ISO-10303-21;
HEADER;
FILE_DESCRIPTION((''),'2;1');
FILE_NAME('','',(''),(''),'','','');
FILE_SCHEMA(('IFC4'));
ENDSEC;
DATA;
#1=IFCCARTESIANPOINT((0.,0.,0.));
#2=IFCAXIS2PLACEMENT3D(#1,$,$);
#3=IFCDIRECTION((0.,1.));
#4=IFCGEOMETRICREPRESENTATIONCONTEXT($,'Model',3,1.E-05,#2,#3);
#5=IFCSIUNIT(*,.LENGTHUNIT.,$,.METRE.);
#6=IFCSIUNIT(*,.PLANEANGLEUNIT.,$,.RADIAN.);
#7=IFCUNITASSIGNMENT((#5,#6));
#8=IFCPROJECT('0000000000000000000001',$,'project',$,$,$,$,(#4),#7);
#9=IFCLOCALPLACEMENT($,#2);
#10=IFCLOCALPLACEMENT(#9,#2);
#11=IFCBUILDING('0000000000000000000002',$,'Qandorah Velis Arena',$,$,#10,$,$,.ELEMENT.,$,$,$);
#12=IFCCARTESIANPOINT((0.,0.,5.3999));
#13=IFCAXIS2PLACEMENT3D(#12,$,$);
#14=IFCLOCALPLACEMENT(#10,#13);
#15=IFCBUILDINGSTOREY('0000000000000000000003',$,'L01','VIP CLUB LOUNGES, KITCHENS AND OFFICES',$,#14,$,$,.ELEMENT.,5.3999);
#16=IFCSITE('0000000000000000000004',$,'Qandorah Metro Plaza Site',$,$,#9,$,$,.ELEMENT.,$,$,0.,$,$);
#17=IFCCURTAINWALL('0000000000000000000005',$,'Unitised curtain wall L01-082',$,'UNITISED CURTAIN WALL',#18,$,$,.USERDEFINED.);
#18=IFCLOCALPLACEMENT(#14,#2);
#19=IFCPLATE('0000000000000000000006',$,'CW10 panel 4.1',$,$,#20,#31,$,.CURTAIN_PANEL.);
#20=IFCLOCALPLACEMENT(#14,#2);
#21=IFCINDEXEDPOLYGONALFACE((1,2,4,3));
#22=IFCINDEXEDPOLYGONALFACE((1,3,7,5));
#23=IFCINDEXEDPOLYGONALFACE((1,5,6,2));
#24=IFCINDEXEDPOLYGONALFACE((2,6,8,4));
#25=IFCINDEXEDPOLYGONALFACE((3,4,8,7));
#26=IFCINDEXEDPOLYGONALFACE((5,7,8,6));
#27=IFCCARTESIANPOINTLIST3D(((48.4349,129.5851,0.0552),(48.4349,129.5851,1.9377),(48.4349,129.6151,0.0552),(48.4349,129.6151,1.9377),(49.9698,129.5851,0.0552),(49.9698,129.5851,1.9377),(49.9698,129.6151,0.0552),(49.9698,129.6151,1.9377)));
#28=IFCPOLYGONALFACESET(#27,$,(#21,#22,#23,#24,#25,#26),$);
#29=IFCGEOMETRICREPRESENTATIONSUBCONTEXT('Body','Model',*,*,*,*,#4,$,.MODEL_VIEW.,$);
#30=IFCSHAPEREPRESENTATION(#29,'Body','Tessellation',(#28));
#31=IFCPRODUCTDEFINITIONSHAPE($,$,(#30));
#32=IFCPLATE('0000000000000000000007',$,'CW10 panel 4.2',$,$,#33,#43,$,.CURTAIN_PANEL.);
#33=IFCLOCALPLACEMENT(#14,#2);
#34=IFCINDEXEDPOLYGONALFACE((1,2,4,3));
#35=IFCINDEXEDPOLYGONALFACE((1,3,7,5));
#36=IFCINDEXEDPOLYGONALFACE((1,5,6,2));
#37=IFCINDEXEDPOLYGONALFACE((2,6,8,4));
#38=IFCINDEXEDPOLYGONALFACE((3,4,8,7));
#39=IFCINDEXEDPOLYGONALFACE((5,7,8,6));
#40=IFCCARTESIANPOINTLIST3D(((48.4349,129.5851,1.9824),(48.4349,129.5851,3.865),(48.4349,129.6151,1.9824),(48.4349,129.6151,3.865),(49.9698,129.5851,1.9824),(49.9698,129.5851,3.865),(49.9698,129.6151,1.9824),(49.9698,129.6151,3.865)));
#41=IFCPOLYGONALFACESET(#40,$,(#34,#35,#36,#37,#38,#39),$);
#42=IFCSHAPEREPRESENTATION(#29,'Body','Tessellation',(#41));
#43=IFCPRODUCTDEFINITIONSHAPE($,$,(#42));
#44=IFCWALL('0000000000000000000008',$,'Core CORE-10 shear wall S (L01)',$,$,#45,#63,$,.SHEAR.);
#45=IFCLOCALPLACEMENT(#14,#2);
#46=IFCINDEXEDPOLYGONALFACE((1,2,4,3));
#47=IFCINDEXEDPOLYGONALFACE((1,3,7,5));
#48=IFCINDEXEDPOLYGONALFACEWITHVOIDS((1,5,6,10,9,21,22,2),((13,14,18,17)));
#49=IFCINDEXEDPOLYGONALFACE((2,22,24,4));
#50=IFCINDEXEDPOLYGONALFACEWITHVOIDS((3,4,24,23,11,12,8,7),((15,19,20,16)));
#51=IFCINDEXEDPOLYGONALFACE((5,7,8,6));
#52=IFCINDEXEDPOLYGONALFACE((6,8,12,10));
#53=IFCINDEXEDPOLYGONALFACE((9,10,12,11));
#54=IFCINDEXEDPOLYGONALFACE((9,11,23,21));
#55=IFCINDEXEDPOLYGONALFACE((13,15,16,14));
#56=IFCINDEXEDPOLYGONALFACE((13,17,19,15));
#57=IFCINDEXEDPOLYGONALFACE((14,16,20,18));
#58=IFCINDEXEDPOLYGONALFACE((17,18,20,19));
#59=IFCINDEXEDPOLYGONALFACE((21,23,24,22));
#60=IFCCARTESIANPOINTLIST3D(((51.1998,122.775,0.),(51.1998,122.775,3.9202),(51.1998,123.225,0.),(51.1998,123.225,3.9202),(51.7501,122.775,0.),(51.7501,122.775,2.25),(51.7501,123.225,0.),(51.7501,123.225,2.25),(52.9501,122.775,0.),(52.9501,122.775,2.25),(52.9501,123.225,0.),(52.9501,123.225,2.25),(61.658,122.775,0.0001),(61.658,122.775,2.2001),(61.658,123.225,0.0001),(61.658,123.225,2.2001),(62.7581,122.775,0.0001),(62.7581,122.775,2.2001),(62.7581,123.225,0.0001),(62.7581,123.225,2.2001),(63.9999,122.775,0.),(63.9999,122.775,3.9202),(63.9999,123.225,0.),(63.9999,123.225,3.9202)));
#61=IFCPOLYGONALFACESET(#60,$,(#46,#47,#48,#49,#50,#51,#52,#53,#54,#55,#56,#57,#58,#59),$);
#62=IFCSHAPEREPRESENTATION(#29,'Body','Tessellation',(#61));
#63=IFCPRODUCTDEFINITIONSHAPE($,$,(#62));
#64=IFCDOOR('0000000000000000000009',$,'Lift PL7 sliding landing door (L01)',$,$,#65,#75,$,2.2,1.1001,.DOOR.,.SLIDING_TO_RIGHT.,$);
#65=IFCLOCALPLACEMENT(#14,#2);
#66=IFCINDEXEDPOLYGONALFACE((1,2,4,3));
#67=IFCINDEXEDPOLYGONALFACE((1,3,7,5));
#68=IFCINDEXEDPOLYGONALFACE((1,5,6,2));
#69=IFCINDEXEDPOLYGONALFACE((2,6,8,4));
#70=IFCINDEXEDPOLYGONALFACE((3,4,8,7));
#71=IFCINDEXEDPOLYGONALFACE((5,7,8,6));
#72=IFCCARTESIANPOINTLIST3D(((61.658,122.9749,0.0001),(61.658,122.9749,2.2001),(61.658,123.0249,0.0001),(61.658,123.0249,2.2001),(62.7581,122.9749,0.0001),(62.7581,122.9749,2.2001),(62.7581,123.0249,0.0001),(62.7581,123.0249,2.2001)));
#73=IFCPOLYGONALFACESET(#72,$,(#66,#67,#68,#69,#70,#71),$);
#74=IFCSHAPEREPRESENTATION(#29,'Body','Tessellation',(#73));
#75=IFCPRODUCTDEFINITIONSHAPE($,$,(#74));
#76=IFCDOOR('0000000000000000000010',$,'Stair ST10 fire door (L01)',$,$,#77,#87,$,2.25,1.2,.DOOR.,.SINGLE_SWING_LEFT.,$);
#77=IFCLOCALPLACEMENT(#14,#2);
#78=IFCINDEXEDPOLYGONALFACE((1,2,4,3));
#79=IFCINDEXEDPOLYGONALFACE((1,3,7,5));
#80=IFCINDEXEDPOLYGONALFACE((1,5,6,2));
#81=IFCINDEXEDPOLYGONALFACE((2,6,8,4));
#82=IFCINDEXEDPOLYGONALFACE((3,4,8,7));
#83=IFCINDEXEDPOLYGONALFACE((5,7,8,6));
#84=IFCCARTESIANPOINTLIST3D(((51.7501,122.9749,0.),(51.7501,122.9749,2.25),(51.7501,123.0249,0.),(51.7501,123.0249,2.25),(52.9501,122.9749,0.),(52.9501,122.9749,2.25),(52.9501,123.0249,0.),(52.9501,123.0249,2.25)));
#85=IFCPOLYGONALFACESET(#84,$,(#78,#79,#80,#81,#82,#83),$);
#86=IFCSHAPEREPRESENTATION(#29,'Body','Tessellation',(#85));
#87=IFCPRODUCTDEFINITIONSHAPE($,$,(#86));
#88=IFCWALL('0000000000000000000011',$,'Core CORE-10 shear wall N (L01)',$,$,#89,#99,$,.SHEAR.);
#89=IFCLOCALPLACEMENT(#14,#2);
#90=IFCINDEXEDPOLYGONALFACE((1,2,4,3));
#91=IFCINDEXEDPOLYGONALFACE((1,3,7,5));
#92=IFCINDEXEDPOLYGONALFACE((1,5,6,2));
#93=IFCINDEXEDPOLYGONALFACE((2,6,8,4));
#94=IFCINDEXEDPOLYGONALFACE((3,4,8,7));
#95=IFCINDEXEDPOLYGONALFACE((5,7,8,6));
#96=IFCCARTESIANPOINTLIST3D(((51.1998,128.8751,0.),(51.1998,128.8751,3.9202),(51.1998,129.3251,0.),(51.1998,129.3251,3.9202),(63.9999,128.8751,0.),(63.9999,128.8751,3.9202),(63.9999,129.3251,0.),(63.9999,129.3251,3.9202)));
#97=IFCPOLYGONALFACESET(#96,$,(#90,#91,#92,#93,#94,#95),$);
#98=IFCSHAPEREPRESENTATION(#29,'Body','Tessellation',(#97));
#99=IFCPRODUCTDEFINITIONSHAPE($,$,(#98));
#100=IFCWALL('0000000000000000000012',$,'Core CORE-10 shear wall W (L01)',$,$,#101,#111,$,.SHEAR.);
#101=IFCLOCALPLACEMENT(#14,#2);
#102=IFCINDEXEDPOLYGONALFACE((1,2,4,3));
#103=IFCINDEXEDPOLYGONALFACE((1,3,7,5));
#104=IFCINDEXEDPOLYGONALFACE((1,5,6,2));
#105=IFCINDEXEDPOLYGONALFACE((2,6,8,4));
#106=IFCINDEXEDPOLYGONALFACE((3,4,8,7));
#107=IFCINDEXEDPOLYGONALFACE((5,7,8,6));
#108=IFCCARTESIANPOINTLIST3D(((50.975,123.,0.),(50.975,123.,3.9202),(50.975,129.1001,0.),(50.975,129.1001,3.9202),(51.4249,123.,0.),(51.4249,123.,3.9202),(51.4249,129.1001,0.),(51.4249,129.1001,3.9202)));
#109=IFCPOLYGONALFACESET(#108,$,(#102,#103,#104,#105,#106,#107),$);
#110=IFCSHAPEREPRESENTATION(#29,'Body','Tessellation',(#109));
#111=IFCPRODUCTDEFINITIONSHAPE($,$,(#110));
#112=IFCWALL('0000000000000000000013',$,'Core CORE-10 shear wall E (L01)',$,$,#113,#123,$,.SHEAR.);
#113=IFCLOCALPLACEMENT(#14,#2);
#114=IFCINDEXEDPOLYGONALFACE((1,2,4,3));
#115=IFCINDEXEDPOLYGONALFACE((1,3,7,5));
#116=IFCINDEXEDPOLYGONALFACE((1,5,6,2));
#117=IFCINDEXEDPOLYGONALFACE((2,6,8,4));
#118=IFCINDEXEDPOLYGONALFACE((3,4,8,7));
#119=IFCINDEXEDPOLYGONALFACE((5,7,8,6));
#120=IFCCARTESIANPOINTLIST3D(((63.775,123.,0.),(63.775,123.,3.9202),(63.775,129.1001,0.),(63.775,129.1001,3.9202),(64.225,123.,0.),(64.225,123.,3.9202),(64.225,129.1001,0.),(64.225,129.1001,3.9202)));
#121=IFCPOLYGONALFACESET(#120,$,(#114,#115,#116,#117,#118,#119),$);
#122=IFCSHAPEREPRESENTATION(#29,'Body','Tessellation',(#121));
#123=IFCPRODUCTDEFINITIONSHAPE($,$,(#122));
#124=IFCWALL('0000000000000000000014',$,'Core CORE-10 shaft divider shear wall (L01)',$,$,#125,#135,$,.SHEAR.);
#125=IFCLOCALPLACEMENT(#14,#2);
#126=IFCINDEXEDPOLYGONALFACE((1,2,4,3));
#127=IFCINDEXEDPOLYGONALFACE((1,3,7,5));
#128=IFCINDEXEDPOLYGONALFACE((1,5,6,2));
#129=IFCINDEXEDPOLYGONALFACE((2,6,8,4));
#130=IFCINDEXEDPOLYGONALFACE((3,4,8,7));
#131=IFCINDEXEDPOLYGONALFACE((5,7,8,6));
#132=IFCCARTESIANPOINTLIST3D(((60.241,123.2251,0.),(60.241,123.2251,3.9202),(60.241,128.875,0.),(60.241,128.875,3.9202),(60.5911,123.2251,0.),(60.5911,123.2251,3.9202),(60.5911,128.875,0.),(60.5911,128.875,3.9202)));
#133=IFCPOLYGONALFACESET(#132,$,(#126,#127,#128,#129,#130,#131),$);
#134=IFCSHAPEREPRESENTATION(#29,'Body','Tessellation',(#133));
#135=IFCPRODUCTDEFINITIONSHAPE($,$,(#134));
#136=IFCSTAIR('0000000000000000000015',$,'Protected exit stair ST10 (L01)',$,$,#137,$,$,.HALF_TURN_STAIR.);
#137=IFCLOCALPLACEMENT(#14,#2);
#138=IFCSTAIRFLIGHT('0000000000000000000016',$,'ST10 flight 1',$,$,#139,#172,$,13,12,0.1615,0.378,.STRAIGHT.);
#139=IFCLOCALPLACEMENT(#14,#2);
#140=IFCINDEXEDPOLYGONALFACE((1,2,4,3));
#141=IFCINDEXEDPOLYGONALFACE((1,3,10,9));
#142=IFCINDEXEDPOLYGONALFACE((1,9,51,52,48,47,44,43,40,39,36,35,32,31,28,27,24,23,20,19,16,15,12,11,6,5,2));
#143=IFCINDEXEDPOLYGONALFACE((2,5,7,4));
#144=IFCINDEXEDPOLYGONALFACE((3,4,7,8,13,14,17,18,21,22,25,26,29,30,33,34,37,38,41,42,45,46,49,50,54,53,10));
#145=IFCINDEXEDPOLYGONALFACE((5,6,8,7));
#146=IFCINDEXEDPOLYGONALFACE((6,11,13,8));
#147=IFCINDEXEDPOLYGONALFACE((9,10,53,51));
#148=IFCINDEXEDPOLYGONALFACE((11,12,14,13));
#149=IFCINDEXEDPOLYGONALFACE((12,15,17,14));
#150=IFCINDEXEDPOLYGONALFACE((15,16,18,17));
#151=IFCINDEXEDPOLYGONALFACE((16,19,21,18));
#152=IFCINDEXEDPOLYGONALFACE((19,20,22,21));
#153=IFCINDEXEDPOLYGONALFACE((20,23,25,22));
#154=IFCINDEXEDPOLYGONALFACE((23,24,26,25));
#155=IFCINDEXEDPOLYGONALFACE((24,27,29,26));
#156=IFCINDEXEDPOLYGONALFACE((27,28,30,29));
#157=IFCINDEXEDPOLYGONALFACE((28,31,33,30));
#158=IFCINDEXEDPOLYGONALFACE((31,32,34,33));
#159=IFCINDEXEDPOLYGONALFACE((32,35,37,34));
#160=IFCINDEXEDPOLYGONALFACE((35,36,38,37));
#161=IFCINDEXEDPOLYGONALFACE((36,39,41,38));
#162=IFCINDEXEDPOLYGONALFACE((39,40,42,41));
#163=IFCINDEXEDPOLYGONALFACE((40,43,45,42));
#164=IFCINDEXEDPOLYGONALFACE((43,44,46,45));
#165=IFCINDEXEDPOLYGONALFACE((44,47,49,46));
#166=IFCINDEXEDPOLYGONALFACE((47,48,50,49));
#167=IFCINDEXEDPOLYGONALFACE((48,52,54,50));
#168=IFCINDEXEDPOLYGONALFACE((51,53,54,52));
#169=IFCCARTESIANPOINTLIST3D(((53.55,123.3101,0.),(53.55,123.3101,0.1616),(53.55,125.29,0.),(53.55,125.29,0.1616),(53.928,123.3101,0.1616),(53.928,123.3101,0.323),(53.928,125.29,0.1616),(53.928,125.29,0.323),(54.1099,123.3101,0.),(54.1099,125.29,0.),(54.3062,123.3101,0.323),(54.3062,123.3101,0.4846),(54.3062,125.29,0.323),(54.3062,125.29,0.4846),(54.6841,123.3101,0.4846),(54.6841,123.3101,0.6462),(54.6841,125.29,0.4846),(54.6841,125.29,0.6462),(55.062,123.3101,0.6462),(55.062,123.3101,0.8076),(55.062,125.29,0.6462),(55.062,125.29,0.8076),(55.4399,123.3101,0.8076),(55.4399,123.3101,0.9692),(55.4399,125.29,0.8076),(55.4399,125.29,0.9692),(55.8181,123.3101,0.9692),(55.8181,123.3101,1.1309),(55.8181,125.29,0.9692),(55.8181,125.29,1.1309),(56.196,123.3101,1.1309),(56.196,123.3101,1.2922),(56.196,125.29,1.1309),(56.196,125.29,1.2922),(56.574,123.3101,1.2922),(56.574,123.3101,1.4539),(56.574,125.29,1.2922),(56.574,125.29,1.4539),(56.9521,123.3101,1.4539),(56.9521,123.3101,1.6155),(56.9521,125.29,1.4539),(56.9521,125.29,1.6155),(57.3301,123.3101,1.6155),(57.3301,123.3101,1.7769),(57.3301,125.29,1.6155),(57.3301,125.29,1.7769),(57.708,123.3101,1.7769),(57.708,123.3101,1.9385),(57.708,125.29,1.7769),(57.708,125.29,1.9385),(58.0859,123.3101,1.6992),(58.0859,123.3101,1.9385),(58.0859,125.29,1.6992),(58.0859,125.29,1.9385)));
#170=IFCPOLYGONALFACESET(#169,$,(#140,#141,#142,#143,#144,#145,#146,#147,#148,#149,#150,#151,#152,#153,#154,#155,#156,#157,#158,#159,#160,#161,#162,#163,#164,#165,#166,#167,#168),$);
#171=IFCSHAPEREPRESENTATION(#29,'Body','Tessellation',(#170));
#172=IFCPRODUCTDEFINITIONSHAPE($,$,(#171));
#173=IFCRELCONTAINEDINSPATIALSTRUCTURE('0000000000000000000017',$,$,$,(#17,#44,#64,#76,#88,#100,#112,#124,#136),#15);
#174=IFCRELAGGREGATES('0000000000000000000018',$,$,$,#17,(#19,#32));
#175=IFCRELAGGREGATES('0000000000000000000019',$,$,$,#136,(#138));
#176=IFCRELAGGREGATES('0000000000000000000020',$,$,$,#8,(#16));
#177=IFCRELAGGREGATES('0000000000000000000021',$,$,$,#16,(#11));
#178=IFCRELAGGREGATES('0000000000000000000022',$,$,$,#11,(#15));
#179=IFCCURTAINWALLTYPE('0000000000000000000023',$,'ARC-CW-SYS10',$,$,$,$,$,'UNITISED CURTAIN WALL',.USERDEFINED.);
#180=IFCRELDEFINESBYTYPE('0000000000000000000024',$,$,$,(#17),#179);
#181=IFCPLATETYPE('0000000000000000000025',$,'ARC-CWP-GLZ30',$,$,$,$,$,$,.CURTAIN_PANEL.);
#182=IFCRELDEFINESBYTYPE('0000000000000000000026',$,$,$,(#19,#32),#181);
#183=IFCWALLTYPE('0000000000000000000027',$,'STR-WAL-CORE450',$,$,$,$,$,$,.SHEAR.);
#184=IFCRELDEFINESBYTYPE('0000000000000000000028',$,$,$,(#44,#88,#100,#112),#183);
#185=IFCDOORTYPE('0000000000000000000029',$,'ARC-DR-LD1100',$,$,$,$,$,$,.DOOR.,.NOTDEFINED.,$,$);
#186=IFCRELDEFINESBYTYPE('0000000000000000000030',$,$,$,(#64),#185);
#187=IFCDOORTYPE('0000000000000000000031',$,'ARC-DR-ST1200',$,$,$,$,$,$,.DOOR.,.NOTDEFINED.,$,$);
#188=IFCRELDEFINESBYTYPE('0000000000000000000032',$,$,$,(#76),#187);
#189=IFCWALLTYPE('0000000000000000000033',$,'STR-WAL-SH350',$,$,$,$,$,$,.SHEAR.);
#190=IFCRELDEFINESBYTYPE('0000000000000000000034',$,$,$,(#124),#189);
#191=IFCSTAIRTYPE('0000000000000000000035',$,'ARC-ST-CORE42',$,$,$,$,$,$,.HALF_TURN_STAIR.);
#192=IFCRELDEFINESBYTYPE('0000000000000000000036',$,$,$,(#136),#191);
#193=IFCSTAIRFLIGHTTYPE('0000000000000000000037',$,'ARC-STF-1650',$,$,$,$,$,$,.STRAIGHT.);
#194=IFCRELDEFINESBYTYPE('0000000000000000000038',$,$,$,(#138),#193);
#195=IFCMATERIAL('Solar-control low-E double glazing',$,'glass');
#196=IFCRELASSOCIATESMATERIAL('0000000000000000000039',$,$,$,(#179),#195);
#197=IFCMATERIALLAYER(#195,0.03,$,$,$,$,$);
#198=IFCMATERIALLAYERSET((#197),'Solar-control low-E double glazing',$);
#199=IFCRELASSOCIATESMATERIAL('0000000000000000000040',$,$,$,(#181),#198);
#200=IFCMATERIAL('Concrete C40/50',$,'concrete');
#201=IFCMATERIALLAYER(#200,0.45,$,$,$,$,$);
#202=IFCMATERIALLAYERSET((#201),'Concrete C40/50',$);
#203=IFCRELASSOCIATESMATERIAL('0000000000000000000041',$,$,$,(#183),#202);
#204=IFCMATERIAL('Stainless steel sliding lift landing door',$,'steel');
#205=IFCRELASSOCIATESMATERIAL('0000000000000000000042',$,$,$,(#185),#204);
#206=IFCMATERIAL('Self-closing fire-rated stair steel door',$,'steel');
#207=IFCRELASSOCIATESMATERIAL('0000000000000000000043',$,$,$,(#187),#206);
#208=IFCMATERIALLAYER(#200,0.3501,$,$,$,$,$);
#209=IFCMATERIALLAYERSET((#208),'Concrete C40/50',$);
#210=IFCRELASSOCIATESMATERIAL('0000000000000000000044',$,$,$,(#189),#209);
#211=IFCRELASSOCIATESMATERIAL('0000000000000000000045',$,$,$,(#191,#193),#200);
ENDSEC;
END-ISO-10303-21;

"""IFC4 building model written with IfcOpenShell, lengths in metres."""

from ifc_helpers import new_model, si_unit, direction, frame, frame_2d, origin, origin_2d, place, context, subcontext, project, spatial, polyline, rectangle, outline, extrude, material, layer, layer_set, type_object, element, fill, aggregate, save


model = new_model("IFC4")

# Units and contexts
model_context = context("Model", 3, precision=1e-05, world=origin(), true_north=direction((0.0, 1.0)))
body_context = subcontext(model_context, "Body", "Model", "MODEL_VIEW")
ifc_project = project(units=[si_unit("LENGTHUNIT", "METRE"), si_unit("PLANEANGLEUNIT", "RADIAN")], contexts=[model_context])

# Site, building, storey
site_placement = place(None, origin())
site = spatial("IfcSite", under=ifc_project, at=site_placement, Name="Qandorah Metro Plaza Site", CompositionType="ELEMENT", RefElevation=0.0)
building_placement = place(site_placement, origin())
building = spatial("IfcBuilding", under=site, at=building_placement, Name="Qandorah Velis Arena", CompositionType="ELEMENT")
storey_placement = place(building_placement, frame((0.0, 0.0, 5.3999)))
storey = spatial("IfcBuildingStorey", under=building, at=storey_placement, Name="L01", Description="VIP CLUB LOUNGES, KITCHENS AND OFFICES", CompositionType="ELEMENT", Elevation=5.3999)

# Shared definitions
ifc_material_1 = material(Name="Concrete C40/50", Category="concrete")

# Curtain wall
ifc_material_2 = material(Name="Solar-control low-E double glazing", Category="glass")
curtain_wall_type = type_object("IfcCurtainWallType", Name="ARC-CW-SYS10", ElementType="UNITISED CURTAIN WALL", PredefinedType="USERDEFINED", material=ifc_material_2)
curtain_wall_placement = place(storey_placement, origin())
curtain_wall = element("IfcCurtainWall", 1, at=curtain_wall_placement, inside=storey, type_object=curtain_wall_type, Name="Unitised curtain wall L01-082", ObjectType="UNITISED CURTAIN WALL", PredefinedType="USERDEFINED")

# Plates
ifc_layer_1 = layer(ifc_material_2, 0.03)
ifc_layer_set_1 = layer_set([ifc_layer_1], Name="Solar-control low-E double glazing")
plate_type = type_object("IfcPlateType", Name="ARC-CWP-GLZ30", PredefinedType="CURTAIN_PANEL", material=ifc_layer_set_1)
plate_1_placement = place(storey_placement, frame((49.2024, 129.6001, 0.0552), z_axis=(0.0, 0.0, 1.0), x_axis=(1.0, 0.0, 0.0)))
plate_1 = element("IfcPlate", 2, at=plate_1_placement, type_object=plate_type, Name="CW10 panel 4.1", PredefinedType="CURTAIN_PANEL", context=body_context, shape_type="SweptSolid", body=[
    extrude(rectangle(XDim=1.5349, YDim=0.03, at=origin_2d()), origin(), (0.0, 0.0, 1.0), 1.8826),
])
plate_2_placement = place(storey_placement, frame((49.2024, 129.6001, 1.9824), z_axis=(0.0, 0.0, 1.0), x_axis=(1.0, 0.0, 0.0)))
plate_2 = element("IfcPlate", 3, at=plate_2_placement, type_object=plate_type, Name="CW10 panel 4.2", PredefinedType="CURTAIN_PANEL", context=body_context, shape_type="SweptSolid", body=[
    extrude(rectangle(XDim=1.5349, YDim=0.03, at=origin_2d()), origin(), (0.0, 0.0, 1.0), 1.8826),
])
aggregate(curtain_wall, [plate_1, plate_2])

# Wall, openings, doors
ifc_layer_2 = layer(ifc_material_1, 0.45)
ifc_layer_set_2 = layer_set([ifc_layer_2], Name="Concrete C40/50")
wall_type_1 = type_object("IfcWallType", Name="STR-WAL-CORE450", PredefinedType="SHEAR", material=ifc_layer_set_2)
wall_1_placement = place(storey_placement, frame((51.2, 123.0, 0.0), z_axis=(0.0, 0.0, 1.0), x_axis=(1.0, 0.0, 0.0)))
wall_1 = element("IfcWall", 4, at=wall_1_placement, inside=storey, type_object=wall_type_1, Name="Core CORE-10 shear wall S (L01)", PredefinedType="SHEAR", context=body_context, shape_type="SweptSolid", body=[
    extrude(rectangle(XDim=12.8, YDim=0.45, at=frame_2d((6.3999, 0.0))), origin(), (0.0, 0.0, 1.0), 3.9202),
])
opening_1_placement = place(wall_1_placement, frame((0.55, 0.0, 0.0)))
opening_1 = element("IfcOpeningElement", 5, at=opening_1_placement, cuts=wall_1, PredefinedType="OPENING", context=body_context, shape_type="SweptSolid", body=[
    extrude(rectangle(XDim=1.2, YDim=2.25, at=frame_2d((0.6001, 1.125))), frame((0.0, 0.2349, 0.0), z_axis=(0.0, -1.0, 0.0), x_axis=(1.0, 0.0, 0.0)), (0.0, 0.0, 1.0), 0.47),
])
opening_2_placement = place(wall_1_placement, frame((10.458, 0.0, 0.0)))
opening_2 = element("IfcOpeningElement", 6, at=opening_2_placement, cuts=wall_1, PredefinedType="OPENING", context=body_context, shape_type="SweptSolid", body=[
    extrude(rectangle(XDim=1.1001, YDim=2.2, at=frame_2d((0.55, 1.1001))), frame((0.0, 0.2349, 0.0), z_axis=(0.0, -1.0, 0.0), x_axis=(1.0, 0.0, 0.0)), (0.0, 0.0, 1.0), 0.47),
])
ifc_material_3 = material(Name="Stainless steel sliding lift landing door", Category="steel")
door_type_1 = type_object("IfcDoorType", Name="ARC-DR-LD1100", OperationType="NOTDEFINED", PredefinedType="DOOR", material=ifc_material_3)
door_1_placement = place(opening_2_placement, origin())
door_1 = element("IfcDoor", 7, at=door_1_placement, inside=storey, type_object=door_type_1, Name="Lift PL7 sliding landing door (L01)", OperationType="SLIDING_TO_RIGHT", OverallHeight=2.2, OverallWidth=1.1001, PredefinedType="DOOR", context=body_context, shape_type="SweptSolid", body=[
    extrude(rectangle(XDim=1.1001, YDim=2.2, at=frame_2d((0.55, 1.1001))), frame((0.0, 0.0249, 0.0), z_axis=(0.0, -1.0, 0.0), x_axis=(1.0, 0.0, 0.0)), (0.0, 0.0, 1.0), 0.05),
])
fill(opening_2, door_1)
ifc_material_4 = material(Name="Self-closing fire-rated stair steel door", Category="steel")
door_type_2 = type_object("IfcDoorType", Name="ARC-DR-ST1200", OperationType="NOTDEFINED", PredefinedType="DOOR", material=ifc_material_4)
door_2_placement = place(opening_1_placement, origin())
door_2 = element("IfcDoor", 8, at=door_2_placement, inside=storey, type_object=door_type_2, Name="Stair ST10 fire door (L01)", OperationType="SINGLE_SWING_LEFT", OverallHeight=2.25, OverallWidth=1.2, PredefinedType="DOOR", context=body_context, shape_type="SweptSolid", body=[
    extrude(rectangle(XDim=1.2, YDim=2.25, at=frame_2d((0.6001, 1.125))), frame((0.0, 0.0249, 0.0), z_axis=(0.0, -1.0, 0.0), x_axis=(1.0, 0.0, 0.0)), (0.0, 0.0, 1.0), 0.05),
])
fill(opening_1, door_2)

# Walls
wall_2_placement = place(storey_placement, frame((51.2, 129.1001, 0.0), z_axis=(0.0, 0.0, 1.0), x_axis=(1.0, 0.0, 0.0)))
element("IfcWall", 9, at=wall_2_placement, inside=storey, type_object=wall_type_1, Name="Core CORE-10 shear wall N (L01)", PredefinedType="SHEAR", context=body_context, shape_type="SweptSolid", body=[
    extrude(rectangle(XDim=12.8, YDim=0.45, at=frame_2d((6.3999, 0.0))), origin(), (0.0, 0.0, 1.0), 3.9202),
])
for number, where, z_axis, x_axis, name in (
    (10, (51.2, 123.0, 0.0), (0.0, 0.0, 1.0), (0.0, 1.0, 0.0), "Core CORE-10 shear wall W (L01)"),
    (11, (64.0, 123.0, 0.0), (0.0, 0.0, 1.0), (0.0, 1.0, 0.0), "Core CORE-10 shear wall E (L01)"),
):
    element("IfcWall", number, at=place(storey_placement, frame(where, z_axis=z_axis, x_axis=x_axis)), inside=storey, type_object=wall_type_1, Name=name, PredefinedType="SHEAR", context=body_context, shape_type="SweptSolid", body=[
        extrude(rectangle(XDim=6.1001, YDim=0.45, at=frame_2d((3.05, 0.0))), origin(), (0.0, 0.0, 1.0), 3.9202),
    ])
ifc_layer_3 = layer(ifc_material_1, 0.3501)
ifc_layer_set_3 = layer_set([ifc_layer_3], Name="Concrete C40/50")
wall_type_2 = type_object("IfcWallType", Name="STR-WAL-SH350", PredefinedType="SHEAR", material=ifc_layer_set_3)
wall_3_placement = place(storey_placement, frame((60.416, 123.2251, 0.0), z_axis=(0.0, 0.0, 1.0), x_axis=(0.0, 1.0, 0.0)))
element("IfcWall", 12, at=wall_3_placement, inside=storey, type_object=wall_type_2, Name="Core CORE-10 shaft divider shear wall (L01)", PredefinedType="SHEAR", context=body_context, shape_type="SweptSolid", body=[
    extrude(rectangle(XDim=5.6499, YDim=0.3501, at=frame_2d((2.825, 0.0))), origin(), (0.0, 0.0, 1.0), 3.9202),
])

# Stair, stair flight
stair_type = type_object("IfcStairType", Name="ARC-ST-CORE42", PredefinedType="HALF_TURN_STAIR", material=ifc_material_1)
stair_placement = place(storey_placement, origin())
stair = element("IfcStair", 13, at=stair_placement, inside=storey, type_object=stair_type, Name="Protected exit stair ST10 (L01)", PredefinedType="HALF_TURN_STAIR")
stair_flight_type = type_object("IfcStairFlightType", Name="ARC-STF-1650", PredefinedType="STRAIGHT", material=ifc_material_1)
stair_flight_1_placement = place(storey_placement, frame((53.55, 124.3, 0.0), z_axis=(0.0, 0.0, 1.0), x_axis=(1.0, 0.0, 0.0)))
stair_flight_1 = element("IfcStairFlight", 14, at=stair_flight_1_placement, type_object=stair_flight_type, Name="ST10 flight 1", NumberOfRisers=13, NumberOfTreads=12, PredefinedType="STRAIGHT", RiserHeight=0.1615, TreadLength=0.378, context=body_context, shape_type="SweptSolid", body=[
    extrude(outline(polyline([(0.0, 0.0), (0.0, 0.1616), (0.3779, 0.1616), (0.3779, 0.323), (0.7561, 0.323), (0.7561, 0.4846), (1.134, 0.4846), (1.134, 0.6462), (1.512, 0.6462), (1.512, 0.8076), (1.8899, 0.8076), (1.8899, 0.9692), (2.2681, 0.9692), (2.2681, 1.1309), (2.646, 1.1309), (2.646, 1.2922), (3.0239, 1.2922), (3.0239, 1.4539), (3.4021, 1.4539), (3.4021, 1.6155), (3.78, 1.6155), (3.78, 1.7769), (4.158, 1.7769), (4.158, 1.9385), (4.5359, 1.9385), (4.5359, 2.1001), (4.5359, 1.6992), (0.5598, 0.0), (0.0, 0.0)])), frame((0.0, 0.99, 0.0), z_axis=(0.0, -1.0, 0.0), x_axis=(1.0, 0.0, 0.0)), (0.0, 0.0, 1.0), 1.98),
])
aggregate(stair, [stair_flight_1])

save(model, "model.ifc")
